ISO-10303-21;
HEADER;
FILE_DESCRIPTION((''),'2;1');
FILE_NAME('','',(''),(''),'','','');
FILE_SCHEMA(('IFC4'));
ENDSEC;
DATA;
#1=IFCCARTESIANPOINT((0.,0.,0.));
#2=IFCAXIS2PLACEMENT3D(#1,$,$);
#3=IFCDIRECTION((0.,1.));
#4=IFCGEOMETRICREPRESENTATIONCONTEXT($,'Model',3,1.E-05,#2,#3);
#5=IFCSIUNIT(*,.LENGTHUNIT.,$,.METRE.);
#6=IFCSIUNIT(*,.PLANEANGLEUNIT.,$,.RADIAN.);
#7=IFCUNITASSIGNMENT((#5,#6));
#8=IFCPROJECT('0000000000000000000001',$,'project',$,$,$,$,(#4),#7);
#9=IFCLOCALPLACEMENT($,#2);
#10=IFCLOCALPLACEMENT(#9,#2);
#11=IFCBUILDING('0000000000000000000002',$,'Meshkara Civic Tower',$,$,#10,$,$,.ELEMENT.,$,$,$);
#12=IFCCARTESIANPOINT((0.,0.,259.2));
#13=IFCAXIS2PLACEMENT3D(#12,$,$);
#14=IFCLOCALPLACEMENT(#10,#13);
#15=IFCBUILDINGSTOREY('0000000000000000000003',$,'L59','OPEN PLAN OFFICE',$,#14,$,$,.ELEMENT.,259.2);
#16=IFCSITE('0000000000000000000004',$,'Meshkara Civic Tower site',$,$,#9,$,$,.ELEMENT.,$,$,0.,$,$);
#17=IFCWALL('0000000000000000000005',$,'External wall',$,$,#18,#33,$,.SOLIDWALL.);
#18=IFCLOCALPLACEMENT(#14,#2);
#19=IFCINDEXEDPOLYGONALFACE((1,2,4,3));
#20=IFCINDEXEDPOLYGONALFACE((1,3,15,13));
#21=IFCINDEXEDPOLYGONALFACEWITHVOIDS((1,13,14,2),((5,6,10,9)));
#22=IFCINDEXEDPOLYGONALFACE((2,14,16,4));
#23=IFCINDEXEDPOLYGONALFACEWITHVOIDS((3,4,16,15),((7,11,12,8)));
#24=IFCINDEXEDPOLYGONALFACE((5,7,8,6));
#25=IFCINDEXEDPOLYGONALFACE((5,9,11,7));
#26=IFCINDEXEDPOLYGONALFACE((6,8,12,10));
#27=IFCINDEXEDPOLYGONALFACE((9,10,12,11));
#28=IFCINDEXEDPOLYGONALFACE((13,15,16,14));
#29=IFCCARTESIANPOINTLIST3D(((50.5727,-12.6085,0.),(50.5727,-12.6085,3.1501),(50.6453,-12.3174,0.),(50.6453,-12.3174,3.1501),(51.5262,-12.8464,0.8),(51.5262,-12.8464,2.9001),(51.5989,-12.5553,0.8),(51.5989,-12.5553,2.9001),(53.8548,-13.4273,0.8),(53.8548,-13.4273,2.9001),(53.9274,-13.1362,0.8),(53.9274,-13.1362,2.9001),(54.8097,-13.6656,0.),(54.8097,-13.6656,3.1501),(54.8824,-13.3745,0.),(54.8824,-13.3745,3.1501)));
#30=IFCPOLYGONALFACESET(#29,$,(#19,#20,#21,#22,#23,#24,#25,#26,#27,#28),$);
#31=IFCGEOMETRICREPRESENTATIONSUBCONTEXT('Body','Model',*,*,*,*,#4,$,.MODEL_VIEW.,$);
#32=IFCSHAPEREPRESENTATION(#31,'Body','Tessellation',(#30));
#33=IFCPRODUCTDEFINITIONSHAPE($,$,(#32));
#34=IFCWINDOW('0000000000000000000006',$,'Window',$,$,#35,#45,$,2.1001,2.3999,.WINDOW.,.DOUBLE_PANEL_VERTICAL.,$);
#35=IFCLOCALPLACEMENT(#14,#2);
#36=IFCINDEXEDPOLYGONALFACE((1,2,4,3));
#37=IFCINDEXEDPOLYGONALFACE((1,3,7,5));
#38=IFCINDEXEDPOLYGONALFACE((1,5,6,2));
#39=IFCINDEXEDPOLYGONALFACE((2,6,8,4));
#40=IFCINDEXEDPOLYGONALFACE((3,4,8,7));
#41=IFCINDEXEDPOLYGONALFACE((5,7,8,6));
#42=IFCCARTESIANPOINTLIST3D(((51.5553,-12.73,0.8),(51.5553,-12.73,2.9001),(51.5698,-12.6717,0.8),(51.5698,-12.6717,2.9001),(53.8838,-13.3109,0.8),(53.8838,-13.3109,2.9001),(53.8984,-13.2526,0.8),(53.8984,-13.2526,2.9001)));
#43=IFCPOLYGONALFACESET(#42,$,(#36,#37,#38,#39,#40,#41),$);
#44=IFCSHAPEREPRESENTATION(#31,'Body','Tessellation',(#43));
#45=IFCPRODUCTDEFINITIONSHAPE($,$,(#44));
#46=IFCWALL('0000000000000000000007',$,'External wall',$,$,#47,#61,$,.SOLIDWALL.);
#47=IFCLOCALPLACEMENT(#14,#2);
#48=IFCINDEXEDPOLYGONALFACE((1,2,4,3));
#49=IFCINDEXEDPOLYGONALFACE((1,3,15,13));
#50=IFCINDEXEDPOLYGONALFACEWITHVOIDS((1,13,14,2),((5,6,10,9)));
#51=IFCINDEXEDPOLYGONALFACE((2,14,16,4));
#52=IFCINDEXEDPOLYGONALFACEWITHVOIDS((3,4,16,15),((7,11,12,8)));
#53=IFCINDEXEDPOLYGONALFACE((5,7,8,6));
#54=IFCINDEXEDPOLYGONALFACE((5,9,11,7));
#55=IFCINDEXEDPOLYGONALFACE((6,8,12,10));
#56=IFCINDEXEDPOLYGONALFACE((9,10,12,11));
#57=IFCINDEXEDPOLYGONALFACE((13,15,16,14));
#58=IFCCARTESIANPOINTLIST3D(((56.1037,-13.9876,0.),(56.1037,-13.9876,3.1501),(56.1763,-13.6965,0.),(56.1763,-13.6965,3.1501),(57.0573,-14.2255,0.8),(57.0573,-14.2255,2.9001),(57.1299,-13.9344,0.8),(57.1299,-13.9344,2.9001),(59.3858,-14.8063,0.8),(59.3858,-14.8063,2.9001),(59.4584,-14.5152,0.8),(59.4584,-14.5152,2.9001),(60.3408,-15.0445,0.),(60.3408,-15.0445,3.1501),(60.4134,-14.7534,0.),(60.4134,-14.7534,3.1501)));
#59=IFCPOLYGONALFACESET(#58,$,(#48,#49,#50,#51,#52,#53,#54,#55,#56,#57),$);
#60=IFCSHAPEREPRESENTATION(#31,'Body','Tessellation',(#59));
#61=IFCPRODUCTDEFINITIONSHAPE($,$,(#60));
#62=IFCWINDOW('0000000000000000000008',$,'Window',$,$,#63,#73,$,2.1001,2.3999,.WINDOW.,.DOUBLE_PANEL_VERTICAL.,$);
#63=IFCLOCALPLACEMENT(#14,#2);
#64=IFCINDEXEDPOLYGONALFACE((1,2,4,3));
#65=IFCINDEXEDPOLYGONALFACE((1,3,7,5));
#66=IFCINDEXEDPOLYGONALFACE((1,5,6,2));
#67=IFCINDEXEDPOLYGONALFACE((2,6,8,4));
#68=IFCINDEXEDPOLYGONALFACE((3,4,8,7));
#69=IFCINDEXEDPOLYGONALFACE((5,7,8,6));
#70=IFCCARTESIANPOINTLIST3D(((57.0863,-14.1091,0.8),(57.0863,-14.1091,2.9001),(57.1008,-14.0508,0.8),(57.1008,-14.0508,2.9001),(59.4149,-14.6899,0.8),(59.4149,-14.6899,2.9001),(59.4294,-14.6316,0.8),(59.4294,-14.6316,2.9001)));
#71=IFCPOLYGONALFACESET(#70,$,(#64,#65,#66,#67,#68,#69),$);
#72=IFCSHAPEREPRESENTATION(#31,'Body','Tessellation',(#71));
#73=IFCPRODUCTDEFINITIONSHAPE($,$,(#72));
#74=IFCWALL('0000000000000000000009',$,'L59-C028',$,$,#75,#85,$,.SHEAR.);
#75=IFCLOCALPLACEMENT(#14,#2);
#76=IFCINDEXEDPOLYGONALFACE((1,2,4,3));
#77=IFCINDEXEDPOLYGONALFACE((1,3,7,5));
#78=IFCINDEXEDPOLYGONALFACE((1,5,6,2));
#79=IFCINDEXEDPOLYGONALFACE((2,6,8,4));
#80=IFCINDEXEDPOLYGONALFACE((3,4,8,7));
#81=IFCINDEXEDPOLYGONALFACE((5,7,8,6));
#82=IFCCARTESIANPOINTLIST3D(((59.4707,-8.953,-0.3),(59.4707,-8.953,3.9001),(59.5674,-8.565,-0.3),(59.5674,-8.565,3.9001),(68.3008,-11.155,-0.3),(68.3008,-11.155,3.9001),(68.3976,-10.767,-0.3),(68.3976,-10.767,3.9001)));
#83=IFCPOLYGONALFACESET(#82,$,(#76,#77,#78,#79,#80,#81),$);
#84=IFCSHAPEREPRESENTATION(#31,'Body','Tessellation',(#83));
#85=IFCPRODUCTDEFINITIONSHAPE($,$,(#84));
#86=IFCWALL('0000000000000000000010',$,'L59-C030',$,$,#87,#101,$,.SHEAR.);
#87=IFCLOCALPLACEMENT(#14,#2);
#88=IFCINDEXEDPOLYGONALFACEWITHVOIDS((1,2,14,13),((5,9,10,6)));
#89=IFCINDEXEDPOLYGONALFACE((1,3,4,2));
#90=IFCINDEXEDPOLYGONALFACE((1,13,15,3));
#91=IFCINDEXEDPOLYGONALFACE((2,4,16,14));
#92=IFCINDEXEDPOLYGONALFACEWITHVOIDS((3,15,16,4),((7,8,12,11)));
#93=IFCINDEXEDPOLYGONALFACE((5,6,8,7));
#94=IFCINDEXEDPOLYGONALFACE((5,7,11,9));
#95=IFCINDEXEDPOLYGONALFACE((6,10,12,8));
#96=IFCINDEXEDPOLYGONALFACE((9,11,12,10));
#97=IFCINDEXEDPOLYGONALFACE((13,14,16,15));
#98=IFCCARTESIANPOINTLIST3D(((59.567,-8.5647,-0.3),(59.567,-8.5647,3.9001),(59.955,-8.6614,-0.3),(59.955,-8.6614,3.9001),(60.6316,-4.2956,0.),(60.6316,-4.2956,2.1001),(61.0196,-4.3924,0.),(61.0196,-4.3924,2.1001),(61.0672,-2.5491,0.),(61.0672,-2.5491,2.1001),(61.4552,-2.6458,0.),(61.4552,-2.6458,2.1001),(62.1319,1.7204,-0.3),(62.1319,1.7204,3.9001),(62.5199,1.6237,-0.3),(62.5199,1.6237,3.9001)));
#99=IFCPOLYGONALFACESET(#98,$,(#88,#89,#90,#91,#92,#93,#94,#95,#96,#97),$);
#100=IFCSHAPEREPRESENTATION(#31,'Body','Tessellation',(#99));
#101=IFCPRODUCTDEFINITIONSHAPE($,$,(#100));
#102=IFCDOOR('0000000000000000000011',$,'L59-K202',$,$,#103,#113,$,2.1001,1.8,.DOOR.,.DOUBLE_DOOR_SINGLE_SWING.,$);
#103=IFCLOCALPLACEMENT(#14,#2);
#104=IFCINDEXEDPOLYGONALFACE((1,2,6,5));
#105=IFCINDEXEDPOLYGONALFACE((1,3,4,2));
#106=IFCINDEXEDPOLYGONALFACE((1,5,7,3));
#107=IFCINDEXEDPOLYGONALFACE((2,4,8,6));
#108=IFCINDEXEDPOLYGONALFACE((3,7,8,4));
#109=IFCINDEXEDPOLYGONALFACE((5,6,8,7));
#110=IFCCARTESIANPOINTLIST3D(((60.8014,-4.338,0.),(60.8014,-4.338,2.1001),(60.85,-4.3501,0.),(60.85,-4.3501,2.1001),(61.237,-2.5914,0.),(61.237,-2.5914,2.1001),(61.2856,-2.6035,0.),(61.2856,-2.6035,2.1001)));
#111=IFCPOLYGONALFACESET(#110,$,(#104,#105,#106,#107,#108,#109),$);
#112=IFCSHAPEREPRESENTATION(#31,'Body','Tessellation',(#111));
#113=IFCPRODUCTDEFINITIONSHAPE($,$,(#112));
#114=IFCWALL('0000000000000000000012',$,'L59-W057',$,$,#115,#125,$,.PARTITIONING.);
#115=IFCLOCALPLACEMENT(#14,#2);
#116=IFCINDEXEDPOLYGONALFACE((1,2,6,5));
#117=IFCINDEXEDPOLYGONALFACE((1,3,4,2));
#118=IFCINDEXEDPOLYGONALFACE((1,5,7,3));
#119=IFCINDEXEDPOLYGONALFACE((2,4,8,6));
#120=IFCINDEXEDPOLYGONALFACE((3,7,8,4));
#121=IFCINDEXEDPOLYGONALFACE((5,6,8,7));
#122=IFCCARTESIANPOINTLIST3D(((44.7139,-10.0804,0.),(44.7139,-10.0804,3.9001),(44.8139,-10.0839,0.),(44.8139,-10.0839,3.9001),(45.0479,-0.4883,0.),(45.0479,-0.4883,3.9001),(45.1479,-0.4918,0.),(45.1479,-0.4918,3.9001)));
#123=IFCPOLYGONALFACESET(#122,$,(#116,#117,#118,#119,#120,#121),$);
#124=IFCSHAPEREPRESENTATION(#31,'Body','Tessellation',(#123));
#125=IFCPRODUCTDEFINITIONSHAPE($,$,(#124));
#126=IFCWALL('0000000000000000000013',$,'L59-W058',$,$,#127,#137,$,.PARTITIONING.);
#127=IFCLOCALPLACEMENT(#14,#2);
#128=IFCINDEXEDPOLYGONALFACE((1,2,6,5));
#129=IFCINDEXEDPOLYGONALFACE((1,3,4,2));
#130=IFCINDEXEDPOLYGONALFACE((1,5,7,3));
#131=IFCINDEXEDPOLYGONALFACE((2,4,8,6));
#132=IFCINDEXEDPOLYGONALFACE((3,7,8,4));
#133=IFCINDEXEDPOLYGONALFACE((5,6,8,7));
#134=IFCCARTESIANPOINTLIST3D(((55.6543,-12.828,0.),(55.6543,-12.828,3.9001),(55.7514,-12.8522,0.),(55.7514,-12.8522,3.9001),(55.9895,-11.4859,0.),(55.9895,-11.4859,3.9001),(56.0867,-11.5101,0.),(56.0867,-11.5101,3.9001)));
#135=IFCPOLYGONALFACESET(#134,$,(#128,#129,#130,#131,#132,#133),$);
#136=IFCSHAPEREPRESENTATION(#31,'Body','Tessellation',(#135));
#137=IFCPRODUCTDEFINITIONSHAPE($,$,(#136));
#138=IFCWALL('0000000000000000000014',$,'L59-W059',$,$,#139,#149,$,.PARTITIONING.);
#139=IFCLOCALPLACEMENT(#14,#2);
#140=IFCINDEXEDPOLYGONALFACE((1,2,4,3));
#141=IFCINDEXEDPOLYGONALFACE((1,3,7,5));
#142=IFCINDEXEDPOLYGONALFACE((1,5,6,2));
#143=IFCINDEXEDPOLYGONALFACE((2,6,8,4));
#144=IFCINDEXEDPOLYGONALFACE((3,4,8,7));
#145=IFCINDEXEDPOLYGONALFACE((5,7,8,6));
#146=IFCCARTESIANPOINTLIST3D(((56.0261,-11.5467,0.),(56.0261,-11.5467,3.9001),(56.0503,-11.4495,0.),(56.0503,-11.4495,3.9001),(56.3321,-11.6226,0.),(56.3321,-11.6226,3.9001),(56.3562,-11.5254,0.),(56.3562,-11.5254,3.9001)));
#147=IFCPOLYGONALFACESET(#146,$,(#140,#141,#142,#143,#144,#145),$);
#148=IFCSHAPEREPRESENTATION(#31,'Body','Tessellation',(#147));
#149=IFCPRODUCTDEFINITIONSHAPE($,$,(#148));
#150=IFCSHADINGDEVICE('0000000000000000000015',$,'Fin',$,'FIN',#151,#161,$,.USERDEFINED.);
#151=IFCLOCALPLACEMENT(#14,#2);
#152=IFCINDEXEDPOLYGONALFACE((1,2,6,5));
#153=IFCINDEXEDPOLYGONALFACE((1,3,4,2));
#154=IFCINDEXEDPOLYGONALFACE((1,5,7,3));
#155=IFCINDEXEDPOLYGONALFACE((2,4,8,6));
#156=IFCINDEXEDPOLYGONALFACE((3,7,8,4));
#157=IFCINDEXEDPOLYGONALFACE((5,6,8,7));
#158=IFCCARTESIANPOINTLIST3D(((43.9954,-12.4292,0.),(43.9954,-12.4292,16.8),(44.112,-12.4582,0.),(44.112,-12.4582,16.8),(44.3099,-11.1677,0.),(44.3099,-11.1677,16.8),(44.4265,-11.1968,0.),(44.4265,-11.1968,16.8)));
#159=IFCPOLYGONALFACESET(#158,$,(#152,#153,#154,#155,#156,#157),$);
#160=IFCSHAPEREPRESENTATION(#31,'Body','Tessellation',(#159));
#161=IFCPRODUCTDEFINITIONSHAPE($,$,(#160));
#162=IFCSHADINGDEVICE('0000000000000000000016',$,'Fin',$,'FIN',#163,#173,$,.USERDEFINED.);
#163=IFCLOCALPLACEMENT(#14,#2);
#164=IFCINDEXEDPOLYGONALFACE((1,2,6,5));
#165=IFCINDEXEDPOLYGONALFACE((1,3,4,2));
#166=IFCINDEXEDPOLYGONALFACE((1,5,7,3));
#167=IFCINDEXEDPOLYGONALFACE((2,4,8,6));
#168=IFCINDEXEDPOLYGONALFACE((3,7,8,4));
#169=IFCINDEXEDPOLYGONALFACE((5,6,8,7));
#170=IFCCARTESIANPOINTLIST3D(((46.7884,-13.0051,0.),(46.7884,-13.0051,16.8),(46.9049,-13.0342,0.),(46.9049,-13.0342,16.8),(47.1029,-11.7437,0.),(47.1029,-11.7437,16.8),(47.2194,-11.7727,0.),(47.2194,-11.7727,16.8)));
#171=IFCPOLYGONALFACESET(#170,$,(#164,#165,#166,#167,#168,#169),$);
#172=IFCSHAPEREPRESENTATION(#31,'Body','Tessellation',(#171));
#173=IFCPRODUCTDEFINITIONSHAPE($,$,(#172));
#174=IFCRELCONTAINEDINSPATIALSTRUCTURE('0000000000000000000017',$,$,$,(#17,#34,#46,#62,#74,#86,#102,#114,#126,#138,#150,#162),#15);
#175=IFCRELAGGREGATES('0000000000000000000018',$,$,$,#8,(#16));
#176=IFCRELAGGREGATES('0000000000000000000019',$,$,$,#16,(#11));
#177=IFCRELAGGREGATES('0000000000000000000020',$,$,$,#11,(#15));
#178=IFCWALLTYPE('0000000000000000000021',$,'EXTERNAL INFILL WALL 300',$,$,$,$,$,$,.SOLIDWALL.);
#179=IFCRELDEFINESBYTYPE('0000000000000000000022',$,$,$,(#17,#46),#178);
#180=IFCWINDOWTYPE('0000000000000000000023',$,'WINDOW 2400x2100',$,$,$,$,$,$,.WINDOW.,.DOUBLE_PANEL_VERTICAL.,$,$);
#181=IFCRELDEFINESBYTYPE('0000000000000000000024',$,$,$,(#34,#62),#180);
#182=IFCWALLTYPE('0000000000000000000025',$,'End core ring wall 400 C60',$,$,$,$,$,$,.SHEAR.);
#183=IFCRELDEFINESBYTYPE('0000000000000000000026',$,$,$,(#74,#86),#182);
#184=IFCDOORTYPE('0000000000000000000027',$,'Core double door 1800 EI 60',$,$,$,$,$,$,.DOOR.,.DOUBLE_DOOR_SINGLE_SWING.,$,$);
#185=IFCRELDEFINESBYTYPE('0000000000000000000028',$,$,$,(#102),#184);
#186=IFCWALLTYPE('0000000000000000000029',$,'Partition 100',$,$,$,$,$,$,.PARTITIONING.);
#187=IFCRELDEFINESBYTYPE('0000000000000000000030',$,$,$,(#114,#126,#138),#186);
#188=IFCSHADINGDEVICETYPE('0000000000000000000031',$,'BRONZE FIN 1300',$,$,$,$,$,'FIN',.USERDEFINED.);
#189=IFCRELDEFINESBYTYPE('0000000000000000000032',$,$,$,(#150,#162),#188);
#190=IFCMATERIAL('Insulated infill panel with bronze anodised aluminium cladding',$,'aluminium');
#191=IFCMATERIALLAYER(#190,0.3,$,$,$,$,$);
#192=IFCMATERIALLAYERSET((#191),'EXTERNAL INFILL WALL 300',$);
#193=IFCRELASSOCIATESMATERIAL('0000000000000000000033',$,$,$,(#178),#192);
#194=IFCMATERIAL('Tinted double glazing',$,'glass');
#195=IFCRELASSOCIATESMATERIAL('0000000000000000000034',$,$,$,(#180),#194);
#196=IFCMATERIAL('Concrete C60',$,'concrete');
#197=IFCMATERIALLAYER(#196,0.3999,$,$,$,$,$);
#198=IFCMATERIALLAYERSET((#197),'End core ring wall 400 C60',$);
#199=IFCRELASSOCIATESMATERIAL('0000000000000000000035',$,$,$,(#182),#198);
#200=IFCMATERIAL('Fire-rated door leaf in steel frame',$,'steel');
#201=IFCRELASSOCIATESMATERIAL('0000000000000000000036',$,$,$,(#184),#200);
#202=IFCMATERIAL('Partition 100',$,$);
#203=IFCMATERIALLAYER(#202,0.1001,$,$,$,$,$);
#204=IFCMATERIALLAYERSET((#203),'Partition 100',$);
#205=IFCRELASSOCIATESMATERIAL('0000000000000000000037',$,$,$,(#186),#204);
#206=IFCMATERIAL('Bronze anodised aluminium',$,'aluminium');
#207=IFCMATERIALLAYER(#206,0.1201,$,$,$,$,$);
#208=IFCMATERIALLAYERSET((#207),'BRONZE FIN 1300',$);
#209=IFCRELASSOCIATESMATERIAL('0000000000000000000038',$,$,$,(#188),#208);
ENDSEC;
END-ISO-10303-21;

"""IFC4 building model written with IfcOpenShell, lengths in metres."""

from ifc_helpers import new_model, si_unit, direction, frame, frame_2d, origin, origin_2d, place, context, subcontext, project, spatial, rectangle, extrude, material, layer, layer_set, type_object, element, fill, save


model = new_model("IFC4")

# Units and contexts
model_context = context("Model", 3, precision=1e-05, world=origin(), true_north=direction((0.0, 1.0)))
body_context = subcontext(model_context, "Body", "Model", "MODEL_VIEW")
ifc_project = project(units=[si_unit("LENGTHUNIT", "METRE"), si_unit("PLANEANGLEUNIT", "RADIAN")], contexts=[model_context])

# Site, building, storey
site_placement = place(None, origin())
site = spatial("IfcSite", under=ifc_project, at=site_placement, Name="Meshkara Civic Tower site", CompositionType="ELEMENT", RefElevation=0.0)
building_placement = place(site_placement, origin())
building = spatial("IfcBuilding", under=site, at=building_placement, Name="Meshkara Civic Tower", CompositionType="ELEMENT")
storey_placement = place(building_placement, frame((0.0, 0.0, 259.2)))
storey = spatial("IfcBuildingStorey", under=building, at=storey_placement, Name="L59", Description="OPEN PLAN OFFICE", CompositionType="ELEMENT", Elevation=259.2)

# Walls, openings, windows
ifc_material_1 = material(Name="Insulated infill panel with bronze anodised aluminium cladding", Category="aluminium")
ifc_layer_1 = layer(ifc_material_1, 0.3)
ifc_layer_set_1 = layer_set([ifc_layer_1], Name="EXTERNAL INFILL WALL 300")
wall_type_1 = type_object("IfcWallType", Name="EXTERNAL INFILL WALL 300", PredefinedType="SOLIDWALL", material=ifc_layer_set_1)
ifc_material_2 = material(Name="Tinted double glazing", Category="glass")
window_type = type_object("IfcWindowType", Name="WINDOW 2400x2100", PartitioningType="DOUBLE_PANEL_VERTICAL", PredefinedType="WINDOW", material=ifc_material_2)
wall_1_placement = place(storey_placement, frame((50.6089, -12.4629, 0.0), z_axis=(0.0, 0.0, 1.0), x_axis=(0.970257, -0.242075, 0.0)))
wall_1 = element("IfcWall", 1, at=wall_1_placement, inside=storey, type_object=wall_type_1, Name="External wall", PredefinedType="SOLIDWALL", context=body_context, shape_type="SweptSolid", body=[
    extrude(rectangle(XDim=4.3669, YDim=0.3, at=frame_2d((2.1836, 0.0))), origin(), (0.0, 0.0, 1.0), 3.1501),
])
opening_1_placement = place(wall_1_placement, frame((0.9829, 0.0, 0.8)))
opening_1 = element("IfcOpeningElement", 2, at=opening_1_placement, cuts=wall_1, PredefinedType="OPENING", context=body_context, shape_type="SweptSolid", body=[
    extrude(rectangle(XDim=2.3999, YDim=2.1001, at=frame_2d((1.2, 1.05))), frame((0.0, 0.1599, 0.0), z_axis=(0.0, -1.0, 0.0), x_axis=(1.0, 0.0, 0.0)), (0.0, 0.0, 1.0), 0.3201),
])
window_1_placement = place(opening_1_placement, origin())
window_1 = element("IfcWindow", 3, at=window_1_placement, inside=storey, type_object=window_type, Name="Window", OverallHeight=2.1001, OverallWidth=2.3999, PartitioningType="DOUBLE_PANEL_VERTICAL", PredefinedType="WINDOW", context=body_context, shape_type="SweptSolid", body=[
    extrude(rectangle(XDim=2.3999, YDim=2.1001, at=frame_2d((1.2, 1.05))), frame((0.0, 0.03, 0.0), z_axis=(0.0, -1.0, 0.0), x_axis=(1.0, 0.0, 0.0)), (0.0, 0.0, 1.0), 0.0601),
])
fill(opening_1, window_1)
wall_2_placement = place(storey_placement, frame((56.1399, -13.842, 0.0), z_axis=(0.0, 0.0, 1.0), x_axis=(0.970271, -0.242023, 0.0)))
wall_2 = element("IfcWall", 4, at=wall_2_placement, inside=storey, type_object=wall_type_1, Name="External wall", PredefinedType="SOLIDWALL", context=body_context, shape_type="SweptSolid", body=[
    extrude(rectangle(XDim=4.3669, YDim=0.3, at=frame_2d((2.1836, 0.0))), origin(), (0.0, 0.0, 1.0), 3.1501),
])
opening_2_placement = place(wall_2_placement, frame((0.9829, 0.0, 0.8)))
opening_2 = element("IfcOpeningElement", 5, at=opening_2_placement, cuts=wall_2, PredefinedType="OPENING", context=body_context, shape_type="SweptSolid", body=[
    extrude(rectangle(XDim=2.3999, YDim=2.1001, at=frame_2d((1.2, 1.05))), frame((0.0, 0.1599, 0.0), z_axis=(0.0, -1.0, 0.0), x_axis=(1.0, 0.0, 0.0)), (0.0, 0.0, 1.0), 0.3201),
])
window_2_placement = place(opening_2_placement, origin())
window_2 = element("IfcWindow", 6, at=window_2_placement, inside=storey, type_object=window_type, Name="Window", OverallHeight=2.1001, OverallWidth=2.3999, PartitioningType="DOUBLE_PANEL_VERTICAL", PredefinedType="WINDOW", context=body_context, shape_type="SweptSolid", body=[
    extrude(rectangle(XDim=2.3999, YDim=2.1001, at=frame_2d((1.2, 1.05))), frame((0.0, 0.03, 0.0), z_axis=(0.0, -1.0, 0.0), x_axis=(1.0, 0.0, 0.0)), (0.0, 0.0, 1.0), 0.0601),
])
fill(opening_2, window_2)

# Wall
ifc_material_3 = material(Name="Concrete C60", Category="concrete")
ifc_layer_2 = layer(ifc_material_3, 0.3999)
ifc_layer_set_2 = layer_set([ifc_layer_2], Name="End core ring wall 400 C60")
wall_type_2 = type_object("IfcWallType", Name="End core ring wall 400 C60", PredefinedType="SHEAR", material=ifc_layer_set_2)
wall_3_placement = place(storey_placement, frame((59.519, -8.759, -0.3), z_axis=(0.0, 0.0, 1.0), x_axis=(0.970288, -0.241955, 0.0)))
element("IfcWall", 7, at=wall_3_placement, inside=storey, type_object=wall_type_2, Name="L59-C028", PredefinedType="SHEAR", context=body_context, shape_type="SweptSolid", body=[
    extrude(rectangle(XDim=9.1006, YDim=0.3999, at=frame_2d((4.5503, 0.0))), origin(), (0.0, 0.0, 1.0), 4.2002),
])

# Wall, opening, door
wall_4_placement = place(storey_placement, frame((59.761, -8.613, -0.3), z_axis=(0.0, 0.0, 1.0), x_axis=(0.241972, 0.970283, 0.0)))
wall_4 = element("IfcWall", 8, at=wall_4_placement, inside=storey, type_object=wall_type_2, Name="L59-C030", PredefinedType="SHEAR", context=body_context, shape_type="SweptSolid", body=[
    extrude(rectangle(XDim=10.6001, YDim=0.3999, at=frame_2d((5.3, 0.0))), origin(), (0.0, 0.0, 1.0), 4.2002),
])
opening_3_placement = place(wall_4_placement, frame((4.3999, 0.0, 0.3)))
opening_3 = element("IfcOpeningElement", 9, at=opening_3_placement, cuts=wall_4, PredefinedType="OPENING", context=body_context, shape_type="SweptSolid", body=[
    extrude(rectangle(XDim=1.8, YDim=2.1001, at=frame_2d((0.8999, 1.05))), frame((0.0, 0.21, 0.0), z_axis=(0.0, -1.0, 0.0), x_axis=(1.0, 0.0, 0.0)), (0.0, 0.0, 1.0), 0.4199),
])
ifc_material_4 = material(Name="Fire-rated door leaf in steel frame", Category="steel")
door_type_1 = type_object("IfcDoorType", Name="Core double door 1800 EI 60", OperationType="DOUBLE_DOOR_SINGLE_SWING", PredefinedType="DOOR", material=ifc_material_4)
door_1_placement = place(opening_3_placement, origin())
door_1 = element("IfcDoor", 10, at=door_1_placement, inside=storey, type_object=door_type_1, Name="L59-K202", OperationType="DOUBLE_DOOR_SINGLE_SWING", OverallHeight=2.1001, OverallWidth=1.8, PredefinedType="DOOR", context=body_context, shape_type="SweptSolid", body=[
    extrude(rectangle(XDim=1.8, YDim=2.1001, at=frame_2d((0.8999, 1.05))), frame((0.0, 0.0249, 0.0), z_axis=(0.0, -1.0, 0.0), x_axis=(1.0, 0.0, 0.0)), (0.0, 0.0, 1.0), 0.05),
])
fill(opening_3, door_1)

# Walls
ifc_material_5 = material(Name="Partition 100")
ifc_layer_3 = layer(ifc_material_5, 0.1001)
ifc_layer_set_3 = layer_set([ifc_layer_3], Name="Partition 100")
wall_type_3 = type_object("IfcWallType", Name="Partition 100", PredefinedType="PARTITIONING", material=ifc_layer_set_3)
wall_5_placement = place(storey_placement, frame((44.7639, -10.082, 0.0), z_axis=(0.0, 0.0, 1.0), x_axis=(0.034798, 0.999394, 0.0)))
element("IfcWall", 11, at=wall_5_placement, inside=storey, type_object=wall_type_3, Name="L59-W057", PredefinedType="PARTITIONING", context=body_context, shape_type="SweptSolid", body=[
    extrude(rectangle(XDim=9.5979, YDim=0.1001, at=frame_2d((4.7988, 0.0))), origin(), (0.0, 0.0, 1.0), 3.9001),
])
wall_6_placement = place(storey_placement, frame((55.7029, -12.8401, 0.0), z_axis=(0.0, 0.0, 1.0), x_axis=(0.242328, 0.970194, 0.0)))
element("IfcWall", 12, at=wall_6_placement, inside=storey, type_object=wall_type_3, Name="L59-W058", PredefinedType="PARTITIONING", context=body_context, shape_type="SweptSolid", body=[
    extrude(rectangle(XDim=1.3833, YDim=0.1001, at=frame_2d((0.6917, 0.0))), origin(), (0.0, 0.0, 1.0), 3.9001),
])
wall_7_placement = place(storey_placement, frame((56.0381, -11.498, 0.0), z_axis=(0.0, 0.0, 1.0), x_axis=(0.970551, -0.240895, 0.0)))
element("IfcWall", 13, at=wall_7_placement, inside=storey, type_object=wall_type_3, Name="L59-W059", PredefinedType="PARTITIONING", context=body_context, shape_type="SweptSolid", body=[
    extrude(rectangle(XDim=0.3152, YDim=0.1001, at=frame_2d((0.1577, 0.0))), origin(), (0.0, 0.0, 1.0), 3.9001),
])

# Shading devices
ifc_material_6 = material(Name="Bronze anodised aluminium", Category="aluminium")
ifc_layer_4 = layer(ifc_material_6, 0.1201)
ifc_layer_set_4 = layer_set([ifc_layer_4], Name="BRONZE FIN 1300")
shading_device_type = type_object("IfcShadingDeviceType", Name="BRONZE FIN 1300", ElementType="FIN", PredefinedType="USERDEFINED", material=ifc_layer_set_4)
for number, where, z_axis, x_axis, name in (
    (14, (44.2109, -11.813, 0.0), (0.0, 0.0, 1.0), (0.9703, -0.241905, 0.0), "Fin"),
    (15, (47.0039, -12.3889, 0.0), (0.0, 0.0, 1.0), (0.9703, -0.241905, 0.0), "Fin"),
):
    element("IfcShadingDevice", number, at=place(storey_placement, frame(where, z_axis=z_axis, x_axis=x_axis)), inside=storey, type_object=shading_device_type, Name=name, ObjectType="FIN", PredefinedType="USERDEFINED", context=body_context, shape_type="SweptSolid", body=[
        extrude(rectangle(XDim=0.1201, YDim=1.3, at=origin_2d()), origin(), (0.0, 0.0, 1.0), 16.8),
    ])

save(model, "model.ifc")
